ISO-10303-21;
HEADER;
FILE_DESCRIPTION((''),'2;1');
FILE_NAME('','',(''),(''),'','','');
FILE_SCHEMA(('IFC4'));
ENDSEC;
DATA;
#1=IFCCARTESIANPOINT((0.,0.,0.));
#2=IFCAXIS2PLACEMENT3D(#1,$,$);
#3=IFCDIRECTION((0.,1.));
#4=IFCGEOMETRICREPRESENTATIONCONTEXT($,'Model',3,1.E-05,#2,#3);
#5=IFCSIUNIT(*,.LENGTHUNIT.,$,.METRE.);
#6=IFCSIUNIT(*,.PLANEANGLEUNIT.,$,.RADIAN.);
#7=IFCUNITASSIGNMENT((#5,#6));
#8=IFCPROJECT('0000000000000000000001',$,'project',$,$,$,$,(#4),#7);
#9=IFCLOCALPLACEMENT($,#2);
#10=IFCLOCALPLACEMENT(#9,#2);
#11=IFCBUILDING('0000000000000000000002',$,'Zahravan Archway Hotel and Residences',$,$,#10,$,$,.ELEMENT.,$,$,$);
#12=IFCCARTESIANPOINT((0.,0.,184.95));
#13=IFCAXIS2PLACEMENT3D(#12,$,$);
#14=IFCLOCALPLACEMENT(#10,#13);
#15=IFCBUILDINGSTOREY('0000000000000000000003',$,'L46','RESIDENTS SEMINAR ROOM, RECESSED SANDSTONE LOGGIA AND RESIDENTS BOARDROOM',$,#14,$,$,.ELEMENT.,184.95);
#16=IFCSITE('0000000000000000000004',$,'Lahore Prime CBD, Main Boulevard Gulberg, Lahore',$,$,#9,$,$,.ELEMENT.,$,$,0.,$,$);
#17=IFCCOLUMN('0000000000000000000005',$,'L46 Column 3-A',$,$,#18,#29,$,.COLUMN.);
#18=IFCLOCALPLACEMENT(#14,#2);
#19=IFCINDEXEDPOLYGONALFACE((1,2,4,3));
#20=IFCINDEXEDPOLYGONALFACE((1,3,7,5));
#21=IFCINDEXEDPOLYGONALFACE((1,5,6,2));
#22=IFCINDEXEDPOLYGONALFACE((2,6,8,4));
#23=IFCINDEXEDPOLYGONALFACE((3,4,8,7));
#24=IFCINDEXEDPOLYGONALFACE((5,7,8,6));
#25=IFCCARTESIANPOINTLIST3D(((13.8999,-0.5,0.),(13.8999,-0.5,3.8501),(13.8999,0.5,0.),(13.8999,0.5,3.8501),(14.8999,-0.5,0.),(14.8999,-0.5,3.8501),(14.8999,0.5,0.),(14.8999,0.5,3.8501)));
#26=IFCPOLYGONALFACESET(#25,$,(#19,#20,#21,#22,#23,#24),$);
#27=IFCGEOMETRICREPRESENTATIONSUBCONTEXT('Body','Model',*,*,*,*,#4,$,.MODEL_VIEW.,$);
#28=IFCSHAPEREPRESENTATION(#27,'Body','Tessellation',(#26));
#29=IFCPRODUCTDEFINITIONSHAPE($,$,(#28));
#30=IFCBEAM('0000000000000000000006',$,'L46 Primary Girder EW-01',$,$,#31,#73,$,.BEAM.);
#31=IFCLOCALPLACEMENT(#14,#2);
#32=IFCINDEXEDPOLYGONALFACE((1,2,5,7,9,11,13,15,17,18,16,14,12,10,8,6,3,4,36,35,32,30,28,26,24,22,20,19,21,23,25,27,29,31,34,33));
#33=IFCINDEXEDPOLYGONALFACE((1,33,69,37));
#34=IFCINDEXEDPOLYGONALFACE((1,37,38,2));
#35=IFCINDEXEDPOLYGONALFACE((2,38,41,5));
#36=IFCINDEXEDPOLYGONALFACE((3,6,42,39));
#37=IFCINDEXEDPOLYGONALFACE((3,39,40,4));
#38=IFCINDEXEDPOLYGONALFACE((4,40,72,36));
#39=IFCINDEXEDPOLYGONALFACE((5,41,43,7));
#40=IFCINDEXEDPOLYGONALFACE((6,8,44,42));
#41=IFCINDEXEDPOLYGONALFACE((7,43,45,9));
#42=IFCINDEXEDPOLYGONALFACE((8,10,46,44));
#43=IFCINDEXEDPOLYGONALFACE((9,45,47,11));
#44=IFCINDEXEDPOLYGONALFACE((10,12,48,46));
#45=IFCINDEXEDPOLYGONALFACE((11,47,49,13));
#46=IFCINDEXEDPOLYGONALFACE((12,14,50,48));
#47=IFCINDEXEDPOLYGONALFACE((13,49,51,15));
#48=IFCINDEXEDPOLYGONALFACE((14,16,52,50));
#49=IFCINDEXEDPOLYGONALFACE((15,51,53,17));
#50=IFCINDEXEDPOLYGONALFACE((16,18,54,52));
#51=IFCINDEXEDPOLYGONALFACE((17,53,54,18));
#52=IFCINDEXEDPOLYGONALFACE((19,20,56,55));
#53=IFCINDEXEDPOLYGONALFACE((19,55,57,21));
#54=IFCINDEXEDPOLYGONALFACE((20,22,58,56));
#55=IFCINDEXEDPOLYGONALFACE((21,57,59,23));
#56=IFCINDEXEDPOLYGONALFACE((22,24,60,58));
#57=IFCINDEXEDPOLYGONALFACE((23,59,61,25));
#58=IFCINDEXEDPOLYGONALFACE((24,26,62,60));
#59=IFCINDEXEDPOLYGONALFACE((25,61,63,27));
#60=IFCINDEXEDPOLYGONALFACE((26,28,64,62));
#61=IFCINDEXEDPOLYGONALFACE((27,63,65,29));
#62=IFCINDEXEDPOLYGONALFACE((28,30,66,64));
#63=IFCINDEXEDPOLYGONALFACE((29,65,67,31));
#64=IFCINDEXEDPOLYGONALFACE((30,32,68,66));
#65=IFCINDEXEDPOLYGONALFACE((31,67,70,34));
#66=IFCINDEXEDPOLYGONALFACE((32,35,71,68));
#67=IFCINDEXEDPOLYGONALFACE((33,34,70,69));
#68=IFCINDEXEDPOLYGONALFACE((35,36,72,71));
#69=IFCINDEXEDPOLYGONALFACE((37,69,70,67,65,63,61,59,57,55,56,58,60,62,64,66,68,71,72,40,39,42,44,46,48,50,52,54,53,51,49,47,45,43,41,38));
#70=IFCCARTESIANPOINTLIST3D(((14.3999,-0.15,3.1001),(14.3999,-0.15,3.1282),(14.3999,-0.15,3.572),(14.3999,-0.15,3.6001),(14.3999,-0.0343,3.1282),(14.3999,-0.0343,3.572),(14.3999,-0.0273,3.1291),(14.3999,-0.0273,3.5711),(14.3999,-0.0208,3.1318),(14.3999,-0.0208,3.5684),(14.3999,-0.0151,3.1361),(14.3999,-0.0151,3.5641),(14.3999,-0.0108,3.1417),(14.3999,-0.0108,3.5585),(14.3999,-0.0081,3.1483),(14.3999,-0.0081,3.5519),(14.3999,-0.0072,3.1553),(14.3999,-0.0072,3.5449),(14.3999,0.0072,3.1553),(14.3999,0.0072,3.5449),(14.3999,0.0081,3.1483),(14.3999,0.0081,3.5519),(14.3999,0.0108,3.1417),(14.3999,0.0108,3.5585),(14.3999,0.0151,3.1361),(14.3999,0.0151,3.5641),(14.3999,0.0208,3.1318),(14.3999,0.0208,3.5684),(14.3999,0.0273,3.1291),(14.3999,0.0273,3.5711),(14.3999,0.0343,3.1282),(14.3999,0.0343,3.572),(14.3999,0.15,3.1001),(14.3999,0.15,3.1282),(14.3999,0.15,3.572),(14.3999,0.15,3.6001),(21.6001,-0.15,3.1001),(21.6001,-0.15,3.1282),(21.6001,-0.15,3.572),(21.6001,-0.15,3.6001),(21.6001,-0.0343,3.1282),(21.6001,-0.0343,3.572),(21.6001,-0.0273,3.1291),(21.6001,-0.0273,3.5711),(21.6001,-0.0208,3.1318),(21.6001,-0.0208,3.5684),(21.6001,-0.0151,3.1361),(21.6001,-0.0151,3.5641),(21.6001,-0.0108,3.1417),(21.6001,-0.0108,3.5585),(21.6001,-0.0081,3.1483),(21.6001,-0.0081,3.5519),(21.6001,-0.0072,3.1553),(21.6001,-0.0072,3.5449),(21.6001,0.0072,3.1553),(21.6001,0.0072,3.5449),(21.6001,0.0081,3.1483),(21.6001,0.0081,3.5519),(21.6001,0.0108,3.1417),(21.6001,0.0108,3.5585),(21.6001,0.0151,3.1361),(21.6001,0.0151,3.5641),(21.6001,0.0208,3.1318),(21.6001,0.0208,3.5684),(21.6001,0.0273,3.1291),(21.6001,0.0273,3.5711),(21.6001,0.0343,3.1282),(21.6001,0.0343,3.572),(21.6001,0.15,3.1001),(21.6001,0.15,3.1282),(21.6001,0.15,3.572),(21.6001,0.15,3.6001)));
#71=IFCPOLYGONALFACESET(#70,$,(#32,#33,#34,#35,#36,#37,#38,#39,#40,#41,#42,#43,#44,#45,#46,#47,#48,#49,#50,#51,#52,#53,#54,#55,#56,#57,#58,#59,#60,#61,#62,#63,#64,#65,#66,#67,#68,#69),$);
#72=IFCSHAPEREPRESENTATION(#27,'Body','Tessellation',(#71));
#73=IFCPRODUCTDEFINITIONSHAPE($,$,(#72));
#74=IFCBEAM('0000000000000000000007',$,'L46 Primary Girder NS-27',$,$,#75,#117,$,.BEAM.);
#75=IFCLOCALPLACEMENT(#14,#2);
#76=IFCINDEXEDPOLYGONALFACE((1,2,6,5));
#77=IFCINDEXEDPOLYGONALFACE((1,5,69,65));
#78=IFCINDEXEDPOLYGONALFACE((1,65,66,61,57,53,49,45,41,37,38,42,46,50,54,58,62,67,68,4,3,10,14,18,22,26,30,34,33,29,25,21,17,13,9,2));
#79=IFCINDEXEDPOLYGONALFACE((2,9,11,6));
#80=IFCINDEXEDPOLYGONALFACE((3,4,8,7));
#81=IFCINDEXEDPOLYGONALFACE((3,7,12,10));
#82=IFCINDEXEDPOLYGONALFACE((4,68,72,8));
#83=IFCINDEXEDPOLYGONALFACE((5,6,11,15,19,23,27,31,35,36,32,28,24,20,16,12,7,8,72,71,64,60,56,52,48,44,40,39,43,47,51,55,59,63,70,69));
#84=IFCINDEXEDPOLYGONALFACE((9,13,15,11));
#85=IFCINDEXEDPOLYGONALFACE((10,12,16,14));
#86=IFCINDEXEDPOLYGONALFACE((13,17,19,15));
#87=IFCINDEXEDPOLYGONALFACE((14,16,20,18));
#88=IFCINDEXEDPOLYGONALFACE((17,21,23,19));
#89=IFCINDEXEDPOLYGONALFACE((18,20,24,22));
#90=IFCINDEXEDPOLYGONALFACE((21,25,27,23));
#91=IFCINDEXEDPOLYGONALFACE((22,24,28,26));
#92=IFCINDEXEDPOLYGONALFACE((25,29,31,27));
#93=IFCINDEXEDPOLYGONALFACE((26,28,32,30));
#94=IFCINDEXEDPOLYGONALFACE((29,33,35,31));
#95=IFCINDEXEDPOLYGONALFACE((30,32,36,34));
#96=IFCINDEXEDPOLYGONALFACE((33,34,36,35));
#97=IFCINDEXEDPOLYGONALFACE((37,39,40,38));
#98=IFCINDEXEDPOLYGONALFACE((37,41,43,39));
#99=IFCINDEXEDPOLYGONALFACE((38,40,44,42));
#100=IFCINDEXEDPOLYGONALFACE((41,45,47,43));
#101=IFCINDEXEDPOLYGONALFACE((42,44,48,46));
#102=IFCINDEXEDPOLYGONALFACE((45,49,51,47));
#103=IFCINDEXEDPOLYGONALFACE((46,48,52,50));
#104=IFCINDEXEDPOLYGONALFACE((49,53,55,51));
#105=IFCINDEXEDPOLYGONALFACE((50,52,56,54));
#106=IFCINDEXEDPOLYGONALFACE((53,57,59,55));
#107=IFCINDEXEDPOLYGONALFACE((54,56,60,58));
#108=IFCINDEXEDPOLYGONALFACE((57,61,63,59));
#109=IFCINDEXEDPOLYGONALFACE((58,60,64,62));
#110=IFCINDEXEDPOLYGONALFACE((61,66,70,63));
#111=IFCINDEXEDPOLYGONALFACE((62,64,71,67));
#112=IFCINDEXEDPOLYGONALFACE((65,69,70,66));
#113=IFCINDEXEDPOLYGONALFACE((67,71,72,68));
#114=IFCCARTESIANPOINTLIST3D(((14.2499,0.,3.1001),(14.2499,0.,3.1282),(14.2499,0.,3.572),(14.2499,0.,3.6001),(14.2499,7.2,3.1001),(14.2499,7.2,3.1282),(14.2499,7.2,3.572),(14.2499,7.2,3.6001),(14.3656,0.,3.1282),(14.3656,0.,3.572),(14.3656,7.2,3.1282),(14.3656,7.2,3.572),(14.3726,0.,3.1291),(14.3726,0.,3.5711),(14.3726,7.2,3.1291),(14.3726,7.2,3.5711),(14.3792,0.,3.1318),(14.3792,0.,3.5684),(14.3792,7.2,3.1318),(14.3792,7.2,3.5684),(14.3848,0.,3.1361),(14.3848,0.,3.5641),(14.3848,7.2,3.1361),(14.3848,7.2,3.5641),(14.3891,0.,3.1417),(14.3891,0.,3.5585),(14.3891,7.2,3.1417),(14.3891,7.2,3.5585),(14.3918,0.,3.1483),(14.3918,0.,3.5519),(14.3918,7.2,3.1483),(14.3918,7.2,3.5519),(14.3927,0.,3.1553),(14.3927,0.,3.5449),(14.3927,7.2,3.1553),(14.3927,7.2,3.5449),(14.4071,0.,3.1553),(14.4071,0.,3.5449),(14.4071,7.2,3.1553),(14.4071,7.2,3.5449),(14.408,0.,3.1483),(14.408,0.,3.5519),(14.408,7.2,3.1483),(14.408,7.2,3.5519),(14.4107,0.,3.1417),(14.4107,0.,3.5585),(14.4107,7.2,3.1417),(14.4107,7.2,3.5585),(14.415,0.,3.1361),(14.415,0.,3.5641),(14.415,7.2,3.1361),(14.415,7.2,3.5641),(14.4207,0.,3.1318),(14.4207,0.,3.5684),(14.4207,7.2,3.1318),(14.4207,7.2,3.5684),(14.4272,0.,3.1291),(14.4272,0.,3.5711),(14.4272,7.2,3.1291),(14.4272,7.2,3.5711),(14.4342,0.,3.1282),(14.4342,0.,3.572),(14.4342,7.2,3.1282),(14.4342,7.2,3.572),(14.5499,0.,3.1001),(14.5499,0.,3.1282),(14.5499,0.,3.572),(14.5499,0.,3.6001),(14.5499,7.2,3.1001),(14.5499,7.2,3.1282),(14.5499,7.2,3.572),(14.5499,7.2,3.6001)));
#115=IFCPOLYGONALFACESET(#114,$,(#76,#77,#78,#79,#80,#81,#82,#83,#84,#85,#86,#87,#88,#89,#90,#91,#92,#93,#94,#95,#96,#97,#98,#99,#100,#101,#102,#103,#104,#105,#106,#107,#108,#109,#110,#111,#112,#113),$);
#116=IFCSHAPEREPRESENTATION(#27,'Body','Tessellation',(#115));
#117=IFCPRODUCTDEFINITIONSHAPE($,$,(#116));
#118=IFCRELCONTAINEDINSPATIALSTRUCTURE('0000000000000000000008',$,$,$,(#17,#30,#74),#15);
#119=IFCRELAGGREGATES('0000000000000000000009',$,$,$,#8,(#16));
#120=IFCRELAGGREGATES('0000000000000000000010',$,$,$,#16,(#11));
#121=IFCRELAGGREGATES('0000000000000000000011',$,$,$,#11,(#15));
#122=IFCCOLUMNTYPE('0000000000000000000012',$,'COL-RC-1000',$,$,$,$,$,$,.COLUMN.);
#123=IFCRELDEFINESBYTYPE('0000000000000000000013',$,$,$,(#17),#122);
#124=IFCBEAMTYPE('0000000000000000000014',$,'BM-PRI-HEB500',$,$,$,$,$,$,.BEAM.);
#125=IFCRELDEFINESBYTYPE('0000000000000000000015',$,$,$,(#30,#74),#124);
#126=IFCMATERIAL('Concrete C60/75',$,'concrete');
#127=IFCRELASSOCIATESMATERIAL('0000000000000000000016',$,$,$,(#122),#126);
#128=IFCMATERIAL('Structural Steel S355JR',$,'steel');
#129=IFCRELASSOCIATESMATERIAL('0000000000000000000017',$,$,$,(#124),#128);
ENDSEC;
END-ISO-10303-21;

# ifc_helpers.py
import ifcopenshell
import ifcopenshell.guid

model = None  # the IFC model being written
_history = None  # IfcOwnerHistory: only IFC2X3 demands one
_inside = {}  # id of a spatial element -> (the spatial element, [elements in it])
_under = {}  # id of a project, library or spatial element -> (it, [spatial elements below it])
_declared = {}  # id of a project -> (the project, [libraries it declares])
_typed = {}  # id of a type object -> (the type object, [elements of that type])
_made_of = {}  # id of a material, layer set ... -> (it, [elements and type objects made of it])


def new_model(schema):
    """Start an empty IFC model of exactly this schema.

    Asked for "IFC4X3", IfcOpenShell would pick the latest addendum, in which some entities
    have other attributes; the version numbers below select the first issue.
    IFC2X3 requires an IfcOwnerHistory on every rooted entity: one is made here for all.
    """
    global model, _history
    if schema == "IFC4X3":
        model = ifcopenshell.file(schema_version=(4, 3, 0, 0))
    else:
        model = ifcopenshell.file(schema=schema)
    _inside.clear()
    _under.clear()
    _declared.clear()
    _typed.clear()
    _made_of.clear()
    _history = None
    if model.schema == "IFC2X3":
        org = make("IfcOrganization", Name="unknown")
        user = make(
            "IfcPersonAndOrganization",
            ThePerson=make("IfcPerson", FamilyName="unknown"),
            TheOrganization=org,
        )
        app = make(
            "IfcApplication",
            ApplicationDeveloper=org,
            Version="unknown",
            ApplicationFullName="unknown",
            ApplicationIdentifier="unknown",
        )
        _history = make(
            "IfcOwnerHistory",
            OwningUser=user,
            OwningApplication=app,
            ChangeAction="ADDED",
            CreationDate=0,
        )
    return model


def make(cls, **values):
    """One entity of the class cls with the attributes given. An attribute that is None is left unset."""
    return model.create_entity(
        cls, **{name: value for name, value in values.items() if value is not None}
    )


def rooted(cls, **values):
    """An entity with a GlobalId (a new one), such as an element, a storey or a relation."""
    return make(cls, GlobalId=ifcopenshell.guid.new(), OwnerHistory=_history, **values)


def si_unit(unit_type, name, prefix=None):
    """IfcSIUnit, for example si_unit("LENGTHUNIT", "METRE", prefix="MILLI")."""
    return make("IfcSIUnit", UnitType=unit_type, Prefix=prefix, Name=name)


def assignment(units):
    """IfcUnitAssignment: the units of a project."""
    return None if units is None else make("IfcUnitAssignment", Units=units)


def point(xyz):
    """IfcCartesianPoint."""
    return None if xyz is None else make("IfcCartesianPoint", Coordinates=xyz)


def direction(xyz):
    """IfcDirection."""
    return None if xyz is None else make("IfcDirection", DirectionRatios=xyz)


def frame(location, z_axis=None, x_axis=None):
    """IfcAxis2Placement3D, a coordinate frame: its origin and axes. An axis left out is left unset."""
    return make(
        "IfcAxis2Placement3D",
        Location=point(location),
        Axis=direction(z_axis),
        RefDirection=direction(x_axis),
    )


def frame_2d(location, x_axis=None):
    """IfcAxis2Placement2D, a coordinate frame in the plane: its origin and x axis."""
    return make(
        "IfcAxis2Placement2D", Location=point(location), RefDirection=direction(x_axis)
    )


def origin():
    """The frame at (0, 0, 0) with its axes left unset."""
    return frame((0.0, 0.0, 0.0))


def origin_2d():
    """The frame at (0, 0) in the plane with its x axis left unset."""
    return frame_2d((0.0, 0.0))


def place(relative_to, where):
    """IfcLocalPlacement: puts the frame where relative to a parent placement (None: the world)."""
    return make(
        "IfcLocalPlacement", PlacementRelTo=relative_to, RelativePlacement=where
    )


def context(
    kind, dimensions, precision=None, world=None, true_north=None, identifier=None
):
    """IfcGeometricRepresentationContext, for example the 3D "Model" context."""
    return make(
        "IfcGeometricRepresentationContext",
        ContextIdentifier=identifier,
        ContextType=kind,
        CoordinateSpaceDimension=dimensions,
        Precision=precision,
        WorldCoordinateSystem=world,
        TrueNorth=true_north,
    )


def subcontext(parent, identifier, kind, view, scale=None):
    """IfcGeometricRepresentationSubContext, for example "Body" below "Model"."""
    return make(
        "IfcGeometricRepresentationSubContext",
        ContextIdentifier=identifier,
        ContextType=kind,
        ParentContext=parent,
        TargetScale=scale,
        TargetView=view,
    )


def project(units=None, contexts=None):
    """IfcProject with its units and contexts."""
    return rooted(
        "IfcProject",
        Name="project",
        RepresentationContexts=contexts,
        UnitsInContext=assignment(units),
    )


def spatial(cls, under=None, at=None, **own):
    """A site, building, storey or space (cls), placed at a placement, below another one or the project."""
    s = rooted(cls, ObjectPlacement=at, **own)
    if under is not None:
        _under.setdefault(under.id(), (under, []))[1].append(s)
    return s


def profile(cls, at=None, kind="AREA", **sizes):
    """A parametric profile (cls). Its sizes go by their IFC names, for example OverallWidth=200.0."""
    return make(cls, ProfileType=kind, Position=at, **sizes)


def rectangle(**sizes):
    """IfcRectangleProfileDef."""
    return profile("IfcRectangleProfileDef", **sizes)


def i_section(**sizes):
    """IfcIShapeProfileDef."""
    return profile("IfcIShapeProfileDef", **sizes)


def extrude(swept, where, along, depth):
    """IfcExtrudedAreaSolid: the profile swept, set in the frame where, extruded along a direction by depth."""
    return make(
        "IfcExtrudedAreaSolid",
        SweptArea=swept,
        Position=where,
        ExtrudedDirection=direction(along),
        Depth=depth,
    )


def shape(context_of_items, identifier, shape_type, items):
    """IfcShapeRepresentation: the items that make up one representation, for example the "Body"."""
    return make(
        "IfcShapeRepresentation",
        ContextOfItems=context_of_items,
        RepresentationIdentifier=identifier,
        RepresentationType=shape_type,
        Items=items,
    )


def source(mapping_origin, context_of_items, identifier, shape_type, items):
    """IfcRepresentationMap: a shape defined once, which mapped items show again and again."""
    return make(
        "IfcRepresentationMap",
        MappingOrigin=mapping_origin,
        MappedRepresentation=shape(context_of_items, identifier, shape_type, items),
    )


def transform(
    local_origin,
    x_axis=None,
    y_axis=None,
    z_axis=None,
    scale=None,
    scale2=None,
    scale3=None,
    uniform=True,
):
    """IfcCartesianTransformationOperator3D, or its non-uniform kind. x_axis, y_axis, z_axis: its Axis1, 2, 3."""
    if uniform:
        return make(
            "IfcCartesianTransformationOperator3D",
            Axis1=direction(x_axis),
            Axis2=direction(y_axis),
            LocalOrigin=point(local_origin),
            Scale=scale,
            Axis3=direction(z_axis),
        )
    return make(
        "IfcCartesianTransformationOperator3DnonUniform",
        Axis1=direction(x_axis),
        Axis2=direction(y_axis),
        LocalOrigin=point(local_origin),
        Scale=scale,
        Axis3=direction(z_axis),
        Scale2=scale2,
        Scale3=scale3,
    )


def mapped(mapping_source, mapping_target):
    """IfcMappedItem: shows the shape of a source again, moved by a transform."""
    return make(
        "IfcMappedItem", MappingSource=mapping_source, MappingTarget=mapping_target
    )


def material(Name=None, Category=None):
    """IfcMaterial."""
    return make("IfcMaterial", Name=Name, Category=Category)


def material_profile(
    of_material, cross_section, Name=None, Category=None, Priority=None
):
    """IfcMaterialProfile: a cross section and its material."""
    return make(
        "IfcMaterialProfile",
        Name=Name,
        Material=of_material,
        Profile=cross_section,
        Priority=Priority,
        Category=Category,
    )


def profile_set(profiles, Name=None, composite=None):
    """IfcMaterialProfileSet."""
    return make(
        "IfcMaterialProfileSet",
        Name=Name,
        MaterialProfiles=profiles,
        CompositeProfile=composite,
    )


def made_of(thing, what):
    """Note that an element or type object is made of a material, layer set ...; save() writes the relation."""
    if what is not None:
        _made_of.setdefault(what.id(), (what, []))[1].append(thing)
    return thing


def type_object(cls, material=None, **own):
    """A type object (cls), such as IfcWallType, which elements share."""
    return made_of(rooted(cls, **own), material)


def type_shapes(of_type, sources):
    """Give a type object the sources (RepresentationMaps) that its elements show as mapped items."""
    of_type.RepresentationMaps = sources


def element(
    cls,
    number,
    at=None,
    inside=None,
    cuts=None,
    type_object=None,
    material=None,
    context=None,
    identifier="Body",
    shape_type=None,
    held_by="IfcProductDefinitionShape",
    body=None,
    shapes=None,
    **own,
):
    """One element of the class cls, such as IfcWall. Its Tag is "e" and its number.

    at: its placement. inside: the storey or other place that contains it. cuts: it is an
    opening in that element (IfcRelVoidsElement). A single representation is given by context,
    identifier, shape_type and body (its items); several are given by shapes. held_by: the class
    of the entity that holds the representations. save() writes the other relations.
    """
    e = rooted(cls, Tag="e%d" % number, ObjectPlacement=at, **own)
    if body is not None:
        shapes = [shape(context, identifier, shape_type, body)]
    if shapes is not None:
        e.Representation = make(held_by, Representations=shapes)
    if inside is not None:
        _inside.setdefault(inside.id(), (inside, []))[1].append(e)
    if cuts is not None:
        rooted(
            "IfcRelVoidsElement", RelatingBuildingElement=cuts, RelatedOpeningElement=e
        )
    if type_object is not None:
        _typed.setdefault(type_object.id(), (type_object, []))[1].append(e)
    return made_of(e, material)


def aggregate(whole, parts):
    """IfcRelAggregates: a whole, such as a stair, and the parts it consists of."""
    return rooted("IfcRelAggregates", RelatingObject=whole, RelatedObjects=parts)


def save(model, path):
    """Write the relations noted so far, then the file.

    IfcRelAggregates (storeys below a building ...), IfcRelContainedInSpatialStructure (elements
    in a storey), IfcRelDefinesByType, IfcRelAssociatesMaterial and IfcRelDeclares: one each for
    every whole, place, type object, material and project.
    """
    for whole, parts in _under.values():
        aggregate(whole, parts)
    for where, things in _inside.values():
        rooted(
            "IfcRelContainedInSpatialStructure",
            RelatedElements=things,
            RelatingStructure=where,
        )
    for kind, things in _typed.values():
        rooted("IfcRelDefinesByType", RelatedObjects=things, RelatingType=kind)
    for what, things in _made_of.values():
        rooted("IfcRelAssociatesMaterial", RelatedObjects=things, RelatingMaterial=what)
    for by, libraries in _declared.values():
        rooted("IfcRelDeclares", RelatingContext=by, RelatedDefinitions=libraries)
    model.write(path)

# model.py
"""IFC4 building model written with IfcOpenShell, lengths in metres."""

from ifc_helpers import new_model, si_unit, direction, frame, origin, origin_2d, place, context, subcontext, project, spatial, rectangle, i_section, extrude, source, transform, mapped, material, material_profile, profile_set, type_object, type_shapes, element, save


model = new_model("IFC4")

# Units and contexts
model_context = context("Model", 3, precision=1e-05, world=origin(), true_north=direction((0.0, 1.0)))
body_context = subcontext(model_context, "Body", "Model", "MODEL_VIEW")
ifc_project = project(units=[si_unit("LENGTHUNIT", "METRE"), si_unit("PLANEANGLEUNIT", "RADIAN")], contexts=[model_context])

# Site, building, storey
site_placement = place(None, origin())
site = spatial("IfcSite", under=ifc_project, at=site_placement, Name="Lahore Prime CBD, Main Boulevard Gulberg, Lahore", CompositionType="ELEMENT", RefElevation=0.0)
building_placement = place(site_placement, origin())
building = spatial("IfcBuilding", under=site, at=building_placement, Name="Zahravan Archway Hotel and Residences", CompositionType="ELEMENT")
storey_placement = place(building_placement, frame((0.0, 0.0, 184.95)))
storey = spatial("IfcBuildingStorey", under=building, at=storey_placement, Name="L46", Description="RESIDENTS SEMINAR ROOM, RECESSED SANDSTONE LOGGIA AND RESIDENTS BOARDROOM", CompositionType="ELEMENT", Elevation=184.95)

# Column
ifc_material_1 = material(Name="Concrete C60/75", Category="concrete")
ifc_material_profile_1 = material_profile(ifc_material_1, rectangle(XDim=1.0, YDim=1.0, at=origin_2d()), Name="RC-COL-1000x1000", Category="concrete")
ifc_profile_set_1 = profile_set([ifc_material_profile_1], Name="Concrete C60/75")
column_type = type_object("IfcColumnType", Name="COL-RC-1000", PredefinedType="COLUMN", material=ifc_profile_set_1)
shared_shape_1 = source(origin(), body_context, "Body", "SweptSolid", [
    extrude(rectangle(XDim=1.0, YDim=1.0, at=origin_2d()), origin(), (0.0, 0.0, 1.0), 3.8501),
])
column_placement = place(storey_placement, frame((14.3999, 0.0, 0.0), z_axis=(0.0, 0.0, 1.0), x_axis=(1.0, 0.0, 0.0)))
element("IfcColumn", 1, at=column_placement, inside=storey, type_object=column_type, Name="L46 Column 3-A", PredefinedType="COLUMN", context=body_context, shape_type="MappedRepresentation", body=[
    mapped(shared_shape_1, transform((0.0, 0.0, 0.0), scale=1.0)),
])

# Beams
ifc_material_2 = material(Name="Structural Steel S355JR", Category="steel")
ifc_material_profile_2 = material_profile(ifc_material_2, i_section(OverallWidth=0.3, OverallDepth=0.5, WebThickness=0.0144, FlangeThickness=0.0281, FilletRadius=0.0271, at=origin_2d()), Name="HEB 500", Category="steel")
ifc_profile_set_2 = profile_set([ifc_material_profile_2], Name="Structural Steel S355JR")
beam_type = type_object("IfcBeamType", Name="BM-PRI-HEB500", PredefinedType="BEAM", material=ifc_profile_set_2)
shared_shape_2 = source(origin(), body_context, "Body", "SweptSolid", [
    extrude(i_section(OverallWidth=0.3, OverallDepth=0.5, WebThickness=0.0144, FlangeThickness=0.0281, FilletRadius=0.0271, at=origin_2d()), origin(), (0.0, 0.0, 1.0), 7.2002),
])
type_shapes(beam_type, [shared_shape_2])
beam_1_placement = place(storey_placement, frame((14.3999, 0.0, 3.3501), z_axis=(1.0, 0.0, 0.0), x_axis=(0.0, 1.0, 0.0)))
element("IfcBeam", 2, at=beam_1_placement, inside=storey, type_object=beam_type, Name="L46 Primary Girder EW-01", PredefinedType="BEAM", context=body_context, shape_type="MappedRepresentation", body=[
    mapped(shared_shape_2, transform((0.0, 0.0, 0.0), scale=1.0)),
])
shared_shape_3 = source(origin(), body_context, "Body", "SweptSolid", [
    extrude(i_section(OverallWidth=0.3, OverallDepth=0.5, WebThickness=0.0144, FlangeThickness=0.0281, FilletRadius=0.0271, at=origin_2d()), origin(), (0.0, 0.0, 1.0), 7.2),
])
beam_2_placement = place(storey_placement, frame((14.3999, 0.0, 3.3501), z_axis=(0.0, 1.0, 0.0), x_axis=(-1.0, 0.0, 0.0)))
element("IfcBeam", 3, at=beam_2_placement, inside=storey, type_object=beam_type, Name="L46 Primary Girder NS-27", PredefinedType="BEAM", context=body_context, shape_type="MappedRepresentation", body=[
    mapped(shared_shape_3, transform((0.0, 0.0, 0.0), scale=1.0)),
])

save(model, "model.ifc")
